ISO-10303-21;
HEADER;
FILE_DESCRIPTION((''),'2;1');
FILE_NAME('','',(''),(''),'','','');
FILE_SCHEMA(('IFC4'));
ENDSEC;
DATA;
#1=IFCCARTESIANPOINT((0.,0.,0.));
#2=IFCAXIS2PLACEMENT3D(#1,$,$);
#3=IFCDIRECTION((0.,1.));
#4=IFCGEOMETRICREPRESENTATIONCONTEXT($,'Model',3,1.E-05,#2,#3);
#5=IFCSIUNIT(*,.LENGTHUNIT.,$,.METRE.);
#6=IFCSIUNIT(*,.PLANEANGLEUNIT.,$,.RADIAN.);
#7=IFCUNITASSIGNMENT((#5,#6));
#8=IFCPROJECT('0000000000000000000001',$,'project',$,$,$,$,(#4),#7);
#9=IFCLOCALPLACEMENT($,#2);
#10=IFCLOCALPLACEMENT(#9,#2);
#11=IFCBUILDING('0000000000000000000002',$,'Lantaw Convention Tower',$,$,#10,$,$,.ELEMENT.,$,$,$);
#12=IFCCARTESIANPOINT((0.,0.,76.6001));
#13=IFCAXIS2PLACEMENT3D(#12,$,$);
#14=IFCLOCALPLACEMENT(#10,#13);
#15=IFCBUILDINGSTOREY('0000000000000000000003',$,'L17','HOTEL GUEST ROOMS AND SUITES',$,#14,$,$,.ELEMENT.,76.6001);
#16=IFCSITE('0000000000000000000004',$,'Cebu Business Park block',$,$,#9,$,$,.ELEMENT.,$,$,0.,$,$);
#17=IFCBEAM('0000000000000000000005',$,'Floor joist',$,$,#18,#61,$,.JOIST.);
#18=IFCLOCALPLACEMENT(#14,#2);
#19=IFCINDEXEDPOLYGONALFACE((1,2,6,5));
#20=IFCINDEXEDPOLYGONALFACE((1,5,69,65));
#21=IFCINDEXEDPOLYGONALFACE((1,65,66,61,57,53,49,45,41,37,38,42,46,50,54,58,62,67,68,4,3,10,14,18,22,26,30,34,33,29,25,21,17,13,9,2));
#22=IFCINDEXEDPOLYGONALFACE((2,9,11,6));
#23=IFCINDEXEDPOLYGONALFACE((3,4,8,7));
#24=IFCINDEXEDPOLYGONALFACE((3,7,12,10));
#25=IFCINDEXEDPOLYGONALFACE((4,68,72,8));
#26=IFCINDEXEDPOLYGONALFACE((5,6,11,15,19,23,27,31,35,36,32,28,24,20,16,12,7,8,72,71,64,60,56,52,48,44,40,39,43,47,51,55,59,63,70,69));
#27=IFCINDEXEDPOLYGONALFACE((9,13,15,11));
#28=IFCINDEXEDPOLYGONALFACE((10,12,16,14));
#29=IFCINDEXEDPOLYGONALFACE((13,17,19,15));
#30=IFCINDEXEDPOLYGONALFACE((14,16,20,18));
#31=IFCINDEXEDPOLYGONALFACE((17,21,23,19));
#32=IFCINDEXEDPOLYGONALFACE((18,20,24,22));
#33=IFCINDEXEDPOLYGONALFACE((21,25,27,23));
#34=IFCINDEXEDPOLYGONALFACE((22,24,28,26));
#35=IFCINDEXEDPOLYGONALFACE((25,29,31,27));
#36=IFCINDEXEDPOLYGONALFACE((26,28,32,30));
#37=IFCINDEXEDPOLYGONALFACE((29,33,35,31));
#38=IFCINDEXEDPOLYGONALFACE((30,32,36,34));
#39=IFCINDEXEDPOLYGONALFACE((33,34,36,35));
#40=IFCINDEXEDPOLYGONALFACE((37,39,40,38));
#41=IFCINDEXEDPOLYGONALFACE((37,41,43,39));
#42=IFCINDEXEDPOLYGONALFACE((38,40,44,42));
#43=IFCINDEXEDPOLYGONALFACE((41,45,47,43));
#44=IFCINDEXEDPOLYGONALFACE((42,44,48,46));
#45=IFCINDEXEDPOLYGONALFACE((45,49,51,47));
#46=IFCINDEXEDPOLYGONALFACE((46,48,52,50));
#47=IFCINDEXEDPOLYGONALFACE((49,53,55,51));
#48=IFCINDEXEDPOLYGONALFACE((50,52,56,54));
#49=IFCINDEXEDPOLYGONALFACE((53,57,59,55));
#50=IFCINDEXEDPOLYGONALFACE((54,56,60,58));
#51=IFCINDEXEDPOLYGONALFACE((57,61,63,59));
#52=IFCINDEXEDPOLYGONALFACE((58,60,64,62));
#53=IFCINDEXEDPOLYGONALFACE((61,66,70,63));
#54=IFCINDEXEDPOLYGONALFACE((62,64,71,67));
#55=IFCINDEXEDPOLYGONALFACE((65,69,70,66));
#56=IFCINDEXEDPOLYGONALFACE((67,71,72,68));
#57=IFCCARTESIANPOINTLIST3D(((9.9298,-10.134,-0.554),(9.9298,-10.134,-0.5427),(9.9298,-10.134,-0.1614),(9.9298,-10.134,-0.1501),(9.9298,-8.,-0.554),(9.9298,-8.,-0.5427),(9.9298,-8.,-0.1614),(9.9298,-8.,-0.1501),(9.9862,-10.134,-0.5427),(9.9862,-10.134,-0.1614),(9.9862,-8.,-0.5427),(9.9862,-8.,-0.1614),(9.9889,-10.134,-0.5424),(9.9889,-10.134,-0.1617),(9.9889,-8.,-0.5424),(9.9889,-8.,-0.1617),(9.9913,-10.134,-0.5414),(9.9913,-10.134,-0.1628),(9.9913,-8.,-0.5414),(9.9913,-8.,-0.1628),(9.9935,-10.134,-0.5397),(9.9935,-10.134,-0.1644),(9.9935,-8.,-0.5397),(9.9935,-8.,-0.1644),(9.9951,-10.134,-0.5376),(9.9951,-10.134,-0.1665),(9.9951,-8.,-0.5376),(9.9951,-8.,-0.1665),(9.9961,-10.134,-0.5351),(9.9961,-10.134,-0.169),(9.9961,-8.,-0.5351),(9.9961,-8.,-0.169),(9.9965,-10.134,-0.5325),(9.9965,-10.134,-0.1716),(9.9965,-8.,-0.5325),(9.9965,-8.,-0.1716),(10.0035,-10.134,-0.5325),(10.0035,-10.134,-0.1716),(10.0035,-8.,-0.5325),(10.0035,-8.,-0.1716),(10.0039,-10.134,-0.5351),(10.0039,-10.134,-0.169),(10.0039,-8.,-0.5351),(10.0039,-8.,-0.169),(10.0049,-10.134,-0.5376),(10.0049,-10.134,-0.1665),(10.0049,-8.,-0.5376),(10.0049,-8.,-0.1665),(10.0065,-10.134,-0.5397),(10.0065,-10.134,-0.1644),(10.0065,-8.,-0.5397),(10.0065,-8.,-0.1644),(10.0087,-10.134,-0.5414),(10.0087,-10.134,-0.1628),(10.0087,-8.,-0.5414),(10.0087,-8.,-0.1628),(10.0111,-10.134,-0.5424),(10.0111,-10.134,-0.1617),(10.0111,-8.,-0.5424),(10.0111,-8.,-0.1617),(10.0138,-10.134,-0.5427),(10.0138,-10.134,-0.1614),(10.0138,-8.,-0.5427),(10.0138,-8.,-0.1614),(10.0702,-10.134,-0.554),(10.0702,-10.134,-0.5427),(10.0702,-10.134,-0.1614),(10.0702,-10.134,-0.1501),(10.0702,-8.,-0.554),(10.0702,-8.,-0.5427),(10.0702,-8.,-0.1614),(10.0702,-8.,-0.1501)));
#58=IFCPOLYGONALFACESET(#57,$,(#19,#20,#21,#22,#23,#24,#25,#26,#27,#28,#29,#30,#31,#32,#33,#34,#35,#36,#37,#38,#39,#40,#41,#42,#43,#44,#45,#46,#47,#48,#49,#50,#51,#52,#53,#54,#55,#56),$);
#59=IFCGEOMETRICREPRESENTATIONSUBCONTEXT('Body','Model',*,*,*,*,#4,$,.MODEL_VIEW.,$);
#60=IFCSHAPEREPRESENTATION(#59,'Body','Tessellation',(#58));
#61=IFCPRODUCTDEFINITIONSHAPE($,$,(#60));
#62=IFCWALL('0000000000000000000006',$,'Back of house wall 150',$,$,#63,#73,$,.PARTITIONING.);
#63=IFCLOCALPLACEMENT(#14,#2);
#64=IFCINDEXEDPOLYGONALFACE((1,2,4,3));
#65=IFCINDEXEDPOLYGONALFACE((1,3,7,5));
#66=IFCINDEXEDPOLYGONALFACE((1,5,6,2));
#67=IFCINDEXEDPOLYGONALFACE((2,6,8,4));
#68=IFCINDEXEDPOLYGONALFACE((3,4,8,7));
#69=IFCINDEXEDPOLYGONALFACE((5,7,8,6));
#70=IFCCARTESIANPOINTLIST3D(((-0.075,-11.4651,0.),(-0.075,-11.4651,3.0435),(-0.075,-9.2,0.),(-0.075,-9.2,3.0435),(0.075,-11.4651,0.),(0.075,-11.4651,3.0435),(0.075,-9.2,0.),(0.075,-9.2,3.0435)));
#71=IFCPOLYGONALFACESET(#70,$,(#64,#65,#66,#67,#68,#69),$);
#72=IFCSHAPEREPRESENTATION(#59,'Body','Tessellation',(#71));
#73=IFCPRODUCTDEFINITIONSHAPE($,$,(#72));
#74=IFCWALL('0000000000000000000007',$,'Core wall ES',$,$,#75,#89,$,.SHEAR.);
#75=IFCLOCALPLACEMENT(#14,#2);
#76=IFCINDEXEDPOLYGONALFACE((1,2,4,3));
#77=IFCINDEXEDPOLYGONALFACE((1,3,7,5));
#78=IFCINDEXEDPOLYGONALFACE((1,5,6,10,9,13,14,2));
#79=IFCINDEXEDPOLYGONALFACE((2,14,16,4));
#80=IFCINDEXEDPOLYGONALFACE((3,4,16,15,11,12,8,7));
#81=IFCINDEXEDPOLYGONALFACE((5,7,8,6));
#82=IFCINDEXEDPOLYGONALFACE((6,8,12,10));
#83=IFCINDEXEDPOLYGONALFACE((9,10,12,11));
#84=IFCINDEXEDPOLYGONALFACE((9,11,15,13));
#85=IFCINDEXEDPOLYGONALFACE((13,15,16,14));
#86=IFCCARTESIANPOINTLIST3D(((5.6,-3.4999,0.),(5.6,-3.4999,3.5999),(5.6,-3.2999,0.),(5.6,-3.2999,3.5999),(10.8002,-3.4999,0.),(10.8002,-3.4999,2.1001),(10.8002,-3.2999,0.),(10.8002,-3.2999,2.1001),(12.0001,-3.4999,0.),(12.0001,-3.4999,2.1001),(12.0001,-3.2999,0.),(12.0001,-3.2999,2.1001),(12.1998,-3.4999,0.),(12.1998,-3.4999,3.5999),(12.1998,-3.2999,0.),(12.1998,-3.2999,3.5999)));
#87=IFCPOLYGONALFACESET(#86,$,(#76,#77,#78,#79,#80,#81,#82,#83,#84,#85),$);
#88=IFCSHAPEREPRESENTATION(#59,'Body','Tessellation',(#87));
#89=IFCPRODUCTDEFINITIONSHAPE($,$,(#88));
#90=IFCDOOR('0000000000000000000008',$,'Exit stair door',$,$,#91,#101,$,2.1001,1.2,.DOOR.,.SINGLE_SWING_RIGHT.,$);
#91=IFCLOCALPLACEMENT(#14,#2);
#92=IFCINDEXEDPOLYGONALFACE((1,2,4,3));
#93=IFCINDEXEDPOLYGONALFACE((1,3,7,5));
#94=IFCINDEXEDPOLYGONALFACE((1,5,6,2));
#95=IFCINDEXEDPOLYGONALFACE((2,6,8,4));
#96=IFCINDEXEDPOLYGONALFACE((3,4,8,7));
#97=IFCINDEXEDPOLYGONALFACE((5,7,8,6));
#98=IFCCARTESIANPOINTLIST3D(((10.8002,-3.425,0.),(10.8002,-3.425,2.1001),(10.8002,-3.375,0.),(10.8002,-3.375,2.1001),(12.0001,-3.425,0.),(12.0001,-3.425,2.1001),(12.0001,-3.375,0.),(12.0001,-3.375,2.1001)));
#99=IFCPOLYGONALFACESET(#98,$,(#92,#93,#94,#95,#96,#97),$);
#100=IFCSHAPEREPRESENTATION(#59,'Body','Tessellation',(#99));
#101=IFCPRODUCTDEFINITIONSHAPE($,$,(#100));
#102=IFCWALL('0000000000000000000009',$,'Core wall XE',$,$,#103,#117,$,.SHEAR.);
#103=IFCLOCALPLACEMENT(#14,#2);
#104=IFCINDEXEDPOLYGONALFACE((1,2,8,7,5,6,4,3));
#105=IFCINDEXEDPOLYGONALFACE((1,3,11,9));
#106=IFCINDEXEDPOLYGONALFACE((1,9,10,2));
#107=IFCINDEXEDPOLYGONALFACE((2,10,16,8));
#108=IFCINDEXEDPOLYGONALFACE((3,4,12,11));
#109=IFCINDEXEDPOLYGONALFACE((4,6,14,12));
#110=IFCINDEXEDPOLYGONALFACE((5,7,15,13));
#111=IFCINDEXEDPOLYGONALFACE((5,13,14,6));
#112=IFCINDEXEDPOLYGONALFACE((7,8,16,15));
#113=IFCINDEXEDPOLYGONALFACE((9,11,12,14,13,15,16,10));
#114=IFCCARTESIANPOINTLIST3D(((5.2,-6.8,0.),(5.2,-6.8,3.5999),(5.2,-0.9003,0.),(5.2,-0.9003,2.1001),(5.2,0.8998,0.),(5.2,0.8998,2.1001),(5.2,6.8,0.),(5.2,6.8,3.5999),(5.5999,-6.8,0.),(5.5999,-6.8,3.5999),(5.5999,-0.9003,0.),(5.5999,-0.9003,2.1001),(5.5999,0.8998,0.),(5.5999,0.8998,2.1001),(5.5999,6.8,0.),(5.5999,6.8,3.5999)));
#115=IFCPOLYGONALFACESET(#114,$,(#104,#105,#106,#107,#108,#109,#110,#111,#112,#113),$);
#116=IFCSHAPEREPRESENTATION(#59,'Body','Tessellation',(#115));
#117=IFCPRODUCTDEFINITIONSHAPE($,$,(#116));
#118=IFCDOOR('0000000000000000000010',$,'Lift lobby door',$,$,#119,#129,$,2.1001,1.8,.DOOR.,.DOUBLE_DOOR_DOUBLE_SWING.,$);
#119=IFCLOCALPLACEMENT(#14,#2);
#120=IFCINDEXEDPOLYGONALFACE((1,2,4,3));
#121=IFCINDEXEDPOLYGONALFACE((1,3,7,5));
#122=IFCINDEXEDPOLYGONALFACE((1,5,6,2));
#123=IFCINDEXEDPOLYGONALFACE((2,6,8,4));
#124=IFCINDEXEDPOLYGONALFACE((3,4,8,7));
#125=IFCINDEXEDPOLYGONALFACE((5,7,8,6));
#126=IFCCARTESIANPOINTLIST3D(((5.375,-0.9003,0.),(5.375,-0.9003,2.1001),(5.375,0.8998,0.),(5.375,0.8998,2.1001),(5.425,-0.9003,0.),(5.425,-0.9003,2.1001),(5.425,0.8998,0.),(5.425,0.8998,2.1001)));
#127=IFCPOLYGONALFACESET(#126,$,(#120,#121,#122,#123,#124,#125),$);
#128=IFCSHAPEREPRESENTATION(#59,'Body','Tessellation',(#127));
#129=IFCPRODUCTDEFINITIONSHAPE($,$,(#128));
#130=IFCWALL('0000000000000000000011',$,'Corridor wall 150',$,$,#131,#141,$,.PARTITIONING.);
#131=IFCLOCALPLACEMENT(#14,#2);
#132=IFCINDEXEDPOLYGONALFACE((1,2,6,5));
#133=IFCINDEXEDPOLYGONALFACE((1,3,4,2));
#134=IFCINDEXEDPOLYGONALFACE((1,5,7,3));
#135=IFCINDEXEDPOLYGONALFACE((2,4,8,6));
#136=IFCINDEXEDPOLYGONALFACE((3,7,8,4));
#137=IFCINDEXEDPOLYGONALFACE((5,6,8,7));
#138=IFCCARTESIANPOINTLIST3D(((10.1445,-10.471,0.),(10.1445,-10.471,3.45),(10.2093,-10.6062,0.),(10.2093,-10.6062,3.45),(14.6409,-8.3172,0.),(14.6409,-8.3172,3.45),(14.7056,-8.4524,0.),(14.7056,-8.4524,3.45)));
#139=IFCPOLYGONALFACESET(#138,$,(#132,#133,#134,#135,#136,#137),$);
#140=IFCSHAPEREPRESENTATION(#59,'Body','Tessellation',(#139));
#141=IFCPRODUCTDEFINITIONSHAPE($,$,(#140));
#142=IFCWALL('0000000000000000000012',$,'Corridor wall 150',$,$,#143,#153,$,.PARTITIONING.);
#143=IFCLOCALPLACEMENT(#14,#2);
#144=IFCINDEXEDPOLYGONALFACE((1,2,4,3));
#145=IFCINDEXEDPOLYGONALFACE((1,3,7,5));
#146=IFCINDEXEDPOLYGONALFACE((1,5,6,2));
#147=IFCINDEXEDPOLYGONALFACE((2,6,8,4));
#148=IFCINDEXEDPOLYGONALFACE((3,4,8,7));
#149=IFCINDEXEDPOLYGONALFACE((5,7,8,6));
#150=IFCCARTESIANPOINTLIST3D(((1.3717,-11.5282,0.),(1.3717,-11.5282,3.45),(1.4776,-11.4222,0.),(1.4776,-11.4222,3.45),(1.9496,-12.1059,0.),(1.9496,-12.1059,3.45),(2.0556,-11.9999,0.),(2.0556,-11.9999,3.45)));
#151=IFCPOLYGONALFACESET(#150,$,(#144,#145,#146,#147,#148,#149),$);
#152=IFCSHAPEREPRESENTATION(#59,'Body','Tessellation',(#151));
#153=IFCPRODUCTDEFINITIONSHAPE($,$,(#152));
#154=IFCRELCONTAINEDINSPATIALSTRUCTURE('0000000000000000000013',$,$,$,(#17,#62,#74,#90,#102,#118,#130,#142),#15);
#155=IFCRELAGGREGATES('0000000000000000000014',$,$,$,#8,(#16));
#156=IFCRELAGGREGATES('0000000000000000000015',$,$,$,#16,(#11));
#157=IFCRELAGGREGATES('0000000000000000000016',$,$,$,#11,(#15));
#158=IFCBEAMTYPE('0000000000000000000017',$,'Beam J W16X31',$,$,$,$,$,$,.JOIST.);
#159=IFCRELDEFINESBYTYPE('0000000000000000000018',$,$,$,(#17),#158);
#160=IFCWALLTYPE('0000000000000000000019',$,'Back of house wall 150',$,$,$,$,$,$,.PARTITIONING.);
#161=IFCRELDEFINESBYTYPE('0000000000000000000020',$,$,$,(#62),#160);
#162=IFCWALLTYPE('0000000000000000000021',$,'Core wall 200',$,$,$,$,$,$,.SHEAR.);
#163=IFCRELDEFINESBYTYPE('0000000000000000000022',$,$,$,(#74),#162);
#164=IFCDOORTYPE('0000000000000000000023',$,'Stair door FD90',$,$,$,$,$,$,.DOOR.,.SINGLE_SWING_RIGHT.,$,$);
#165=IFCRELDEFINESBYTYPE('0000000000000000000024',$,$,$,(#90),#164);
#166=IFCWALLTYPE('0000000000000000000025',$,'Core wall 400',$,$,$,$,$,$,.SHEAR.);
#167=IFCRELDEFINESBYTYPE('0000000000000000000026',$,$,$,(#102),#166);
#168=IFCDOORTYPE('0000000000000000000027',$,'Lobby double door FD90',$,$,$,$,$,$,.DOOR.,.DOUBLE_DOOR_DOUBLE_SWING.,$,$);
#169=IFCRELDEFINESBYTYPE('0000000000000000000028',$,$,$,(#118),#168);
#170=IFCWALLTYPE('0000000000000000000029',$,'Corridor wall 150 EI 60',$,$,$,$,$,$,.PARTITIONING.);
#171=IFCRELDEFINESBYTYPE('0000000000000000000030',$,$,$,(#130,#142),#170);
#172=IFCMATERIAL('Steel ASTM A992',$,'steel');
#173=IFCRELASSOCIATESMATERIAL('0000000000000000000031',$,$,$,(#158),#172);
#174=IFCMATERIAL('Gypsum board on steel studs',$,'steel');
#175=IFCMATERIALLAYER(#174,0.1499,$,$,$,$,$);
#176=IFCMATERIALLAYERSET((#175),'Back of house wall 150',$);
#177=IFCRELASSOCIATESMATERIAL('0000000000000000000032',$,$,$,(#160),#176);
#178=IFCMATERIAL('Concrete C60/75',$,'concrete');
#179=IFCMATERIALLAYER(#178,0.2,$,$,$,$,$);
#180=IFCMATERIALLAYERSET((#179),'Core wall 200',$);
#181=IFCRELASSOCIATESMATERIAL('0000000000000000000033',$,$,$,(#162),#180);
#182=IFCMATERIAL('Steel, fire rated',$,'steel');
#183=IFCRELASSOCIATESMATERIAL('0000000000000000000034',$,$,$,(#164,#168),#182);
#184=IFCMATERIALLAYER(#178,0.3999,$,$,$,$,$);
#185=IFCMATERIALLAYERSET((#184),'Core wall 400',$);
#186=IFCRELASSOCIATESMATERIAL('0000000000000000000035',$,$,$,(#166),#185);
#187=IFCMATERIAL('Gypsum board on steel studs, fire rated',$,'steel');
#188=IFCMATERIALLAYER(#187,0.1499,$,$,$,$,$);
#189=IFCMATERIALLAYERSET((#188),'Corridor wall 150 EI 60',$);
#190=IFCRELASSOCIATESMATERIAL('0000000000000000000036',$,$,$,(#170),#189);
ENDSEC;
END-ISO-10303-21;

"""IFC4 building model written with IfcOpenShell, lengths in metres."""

from ifc_helpers import new_model, si_unit, direction, frame, frame_2d, origin, origin_2d, place, context, subcontext, project, spatial, rectangle, i_section, extrude, material, layer, layer_set, material_profile, profile_set, type_object, element, fill, save


model = new_model("IFC4")

# Units and contexts
model_context = context("Model", 3, precision=1e-05, world=origin(), true_north=direction((0.0, 1.0)))
body_context = subcontext(model_context, "Body", "Model", "MODEL_VIEW")
ifc_project = project(units=[si_unit("LENGTHUNIT", "METRE"), si_unit("PLANEANGLEUNIT", "RADIAN")], contexts=[model_context])

# Site, building, storey
site_placement = place(None, origin())
site = spatial("IfcSite", under=ifc_project, at=site_placement, Name="Cebu Business Park block", CompositionType="ELEMENT", RefElevation=0.0)
building_placement = place(site_placement, origin())
building = spatial("IfcBuilding", under=site, at=building_placement, Name="Lantaw Convention Tower", CompositionType="ELEMENT")
storey_placement = place(building_placement, frame((0.0, 0.0, 76.6001)))
storey = spatial("IfcBuildingStorey", under=building, at=storey_placement, Name="L17", Description="HOTEL GUEST ROOMS AND SUITES", CompositionType="ELEMENT", Elevation=76.6001)

# Beam
ifc_material_1 = material(Name="Steel ASTM A992", Category="steel")
ifc_material_profile_1 = material_profile(ifc_material_1, i_section(OverallWidth=0.1404, OverallDepth=0.4038, WebThickness=0.0071, FlangeThickness=0.0112, FilletRadius=0.0103, at=origin_2d()), Name="W16X31")
ifc_profile_set_1 = profile_set([ifc_material_profile_1], Name="Steel ASTM A992")
beam_type_1 = type_object("IfcBeamType", Name="Beam J W16X31", PredefinedType="JOIST", material=ifc_profile_set_1)
beam_1_placement = place(storey_placement, frame((10.0, -10.134, -0.3521), z_axis=(0.0, 1.0, 0.0), x_axis=(-1.0, 0.0, 0.0)))
element("IfcBeam", 1, at=beam_1_placement, inside=storey, type_object=beam_type_1, Name="Floor joist", PredefinedType="JOIST", context=body_context, shape_type="SweptSolid", body=[
    extrude(i_section(OverallWidth=0.1404, OverallDepth=0.4038, WebThickness=0.0071, FlangeThickness=0.0112, FilletRadius=0.0103, at=origin_2d()), origin(), (0.0, 0.0, 1.0), 2.134),
])

# Wall
ifc_material_2 = material(Name="Gypsum board on steel studs", Category="steel")
ifc_layer_1 = layer(ifc_material_2, 0.1499)
ifc_layer_set_1 = layer_set([ifc_layer_1], Name="Back of house wall 150")
wall_type_1 = type_object("IfcWallType", Name="Back of house wall 150", PredefinedType="PARTITIONING", material=ifc_layer_set_1)
wall_1_placement = place(storey_placement, frame((0.0, -9.2, 0.0), z_axis=(0.0, 0.0, 1.0), x_axis=(0.0, -1.0, 0.0)))
element("IfcWall", 2, at=wall_1_placement, inside=storey, type_object=wall_type_1, Name="Back of house wall 150", PredefinedType="PARTITIONING", context=body_context, shape_type="SweptSolid", body=[
    extrude(rectangle(XDim=2.2651, YDim=0.1499, at=frame_2d((1.1326, 0.0))), origin(), (0.0, 0.0, 1.0), 3.0435),
])

# Walls, openings, doors
ifc_material_3 = material(Name="Concrete C60/75", Category="concrete")
ifc_layer_2 = layer(ifc_material_3, 0.2)
ifc_layer_set_2 = layer_set([ifc_layer_2], Name="Core wall 200")
wall_type_2 = type_object("IfcWallType", Name="Core wall 200", PredefinedType="SHEAR", material=ifc_layer_set_2)
wall_2_placement = place(storey_placement, frame((5.6001, -3.3999, 0.0), z_axis=(0.0, 0.0, 1.0), x_axis=(1.0, 0.0, 0.0)))
wall_2 = element("IfcWall", 3, at=wall_2_placement, inside=storey, type_object=wall_type_2, Name="Core wall ES", PredefinedType="SHEAR", context=body_context, shape_type="SweptSolid", body=[
    extrude(rectangle(XDim=6.5999, YDim=0.2, at=frame_2d((3.2998, 0.0))), origin(), (0.0, 0.0, 1.0), 3.5999),
])
opening_1_placement = place(wall_2_placement, frame((5.2, 0.0, 0.0)))
opening_1 = element("IfcOpeningElement", 4, at=opening_1_placement, cuts=wall_2, PredefinedType="OPENING", context=body_context, shape_type="SweptSolid", body=[
    extrude(rectangle(XDim=1.2, YDim=2.1001, at=frame_2d((0.6001, 1.05))), frame((0.0, 0.1099, 0.0), z_axis=(0.0, -1.0, 0.0), x_axis=(1.0, 0.0, 0.0)), (0.0, 0.0, 1.0), 0.22),
])
ifc_material_4 = material(Name="Steel, fire rated", Category="steel")
door_type_1 = type_object("IfcDoorType", Name="Stair door FD90", OperationType="SINGLE_SWING_RIGHT", PredefinedType="DOOR", material=ifc_material_4)
door_1_placement = place(opening_1_placement, origin())
door_1 = element("IfcDoor", 5, at=door_1_placement, inside=storey, type_object=door_type_1, Name="Exit stair door", OperationType="SINGLE_SWING_RIGHT", OverallHeight=2.1001, OverallWidth=1.2, PredefinedType="DOOR", context=body_context, shape_type="SweptSolid", body=[
    extrude(rectangle(XDim=1.2, YDim=2.1001, at=frame_2d((0.6001, 1.05))), frame((0.0, 0.0249, 0.0), z_axis=(0.0, -1.0, 0.0), x_axis=(1.0, 0.0, 0.0)), (0.0, 0.0, 1.0), 0.05),
])
fill(opening_1, door_1)
ifc_layer_3 = layer(ifc_material_3, 0.3999)
ifc_layer_set_3 = layer_set([ifc_layer_3], Name="Core wall 400")
wall_type_3 = type_object("IfcWallType", Name="Core wall 400", PredefinedType="SHEAR", material=ifc_layer_set_3)
wall_3_placement = place(storey_placement, frame((5.3999, -6.8, 0.0), z_axis=(0.0, 0.0, 1.0), x_axis=(0.0, 1.0, 0.0)))
wall_3 = element("IfcWall", 6, at=wall_3_placement, inside=storey, type_object=wall_type_3, Name="Core wall XE", PredefinedType="SHEAR", context=body_context, shape_type="SweptSolid", body=[
    extrude(rectangle(XDim=13.6001, YDim=0.3999, at=frame_2d((6.8, 0.0))), origin(), (0.0, 0.0, 1.0), 3.5999),
])
opening_2_placement = place(wall_3_placement, frame((5.8999, 0.0, 0.0)))
opening_2 = element("IfcOpeningElement", 7, at=opening_2_placement, cuts=wall_3, PredefinedType="OPENING", context=body_context, shape_type="SweptSolid", body=[
    extrude(rectangle(XDim=1.8, YDim=2.1001, at=frame_2d((0.8999, 1.05))), frame((0.0, 0.21, 0.0), z_axis=(0.0, -1.0, 0.0), x_axis=(1.0, 0.0, 0.0)), (0.0, 0.0, 1.0), 0.4199),
])
door_type_2 = type_object("IfcDoorType", Name="Lobby double door FD90", OperationType="DOUBLE_DOOR_DOUBLE_SWING", PredefinedType="DOOR", material=ifc_material_4)
door_2_placement = place(opening_2_placement, origin())
door_2 = element("IfcDoor", 8, at=door_2_placement, inside=storey, type_object=door_type_2, Name="Lift lobby door", OperationType="DOUBLE_DOOR_DOUBLE_SWING", OverallHeight=2.1001, OverallWidth=1.8, PredefinedType="DOOR", context=body_context, shape_type="SweptSolid", body=[
    extrude(rectangle(XDim=1.8, YDim=2.1001, at=frame_2d((0.8999, 1.05))), frame((0.0, 0.0249, 0.0), z_axis=(0.0, -1.0, 0.0), x_axis=(1.0, 0.0, 0.0)), (0.0, 0.0, 1.0), 0.05),
])
fill(opening_2, door_2)

# Walls
ifc_material_5 = material(Name="Gypsum board on steel studs, fire rated", Category="steel")
ifc_layer_4 = layer(ifc_material_5, 0.1499)
ifc_layer_set_4 = layer_set([ifc_layer_4], Name="Corridor wall 150 EI 60")
wall_type_4 = type_object("IfcWallType", Name="Corridor wall 150 EI 60", PredefinedType="PARTITIONING", material=ifc_layer_set_4)
wall_4_placement = place(storey_placement, frame((10.177, -10.5386, 0.0), z_axis=(0.0, 0.0, 1.0), x_axis=(0.90187, 0.432008, 0.0)))
element("IfcWall", 9, at=wall_4_placement, inside=storey, type_object=wall_type_4, Name="Corridor wall 150", PredefinedType="PARTITIONING", context=body_context, shape_type="SweptSolid", body=[
    extrude(rectangle(XDim=4.9856, YDim=0.1499, at=frame_2d((2.4927, 0.0))), origin(), (0.0, 0.0, 1.0), 3.45),
])
wall_5_placement = place(storey_placement, frame((1.4246, -11.4751, 0.0), z_axis=(0.0, 0.0, 1.0), x_axis=(0.707256, -0.706957, 0.0)))
element("IfcWall", 10, at=wall_5_placement, inside=storey, type_object=wall_type_4, Name="Corridor wall 150", PredefinedType="PARTITIONING", context=body_context, shape_type="SweptSolid", body=[
    extrude(rectangle(XDim=0.8171, YDim=0.1499, at=frame_2d((0.4087, 0.0))), origin(), (0.0, 0.0, 1.0), 3.45),
])

save(model, "model.ifc")
